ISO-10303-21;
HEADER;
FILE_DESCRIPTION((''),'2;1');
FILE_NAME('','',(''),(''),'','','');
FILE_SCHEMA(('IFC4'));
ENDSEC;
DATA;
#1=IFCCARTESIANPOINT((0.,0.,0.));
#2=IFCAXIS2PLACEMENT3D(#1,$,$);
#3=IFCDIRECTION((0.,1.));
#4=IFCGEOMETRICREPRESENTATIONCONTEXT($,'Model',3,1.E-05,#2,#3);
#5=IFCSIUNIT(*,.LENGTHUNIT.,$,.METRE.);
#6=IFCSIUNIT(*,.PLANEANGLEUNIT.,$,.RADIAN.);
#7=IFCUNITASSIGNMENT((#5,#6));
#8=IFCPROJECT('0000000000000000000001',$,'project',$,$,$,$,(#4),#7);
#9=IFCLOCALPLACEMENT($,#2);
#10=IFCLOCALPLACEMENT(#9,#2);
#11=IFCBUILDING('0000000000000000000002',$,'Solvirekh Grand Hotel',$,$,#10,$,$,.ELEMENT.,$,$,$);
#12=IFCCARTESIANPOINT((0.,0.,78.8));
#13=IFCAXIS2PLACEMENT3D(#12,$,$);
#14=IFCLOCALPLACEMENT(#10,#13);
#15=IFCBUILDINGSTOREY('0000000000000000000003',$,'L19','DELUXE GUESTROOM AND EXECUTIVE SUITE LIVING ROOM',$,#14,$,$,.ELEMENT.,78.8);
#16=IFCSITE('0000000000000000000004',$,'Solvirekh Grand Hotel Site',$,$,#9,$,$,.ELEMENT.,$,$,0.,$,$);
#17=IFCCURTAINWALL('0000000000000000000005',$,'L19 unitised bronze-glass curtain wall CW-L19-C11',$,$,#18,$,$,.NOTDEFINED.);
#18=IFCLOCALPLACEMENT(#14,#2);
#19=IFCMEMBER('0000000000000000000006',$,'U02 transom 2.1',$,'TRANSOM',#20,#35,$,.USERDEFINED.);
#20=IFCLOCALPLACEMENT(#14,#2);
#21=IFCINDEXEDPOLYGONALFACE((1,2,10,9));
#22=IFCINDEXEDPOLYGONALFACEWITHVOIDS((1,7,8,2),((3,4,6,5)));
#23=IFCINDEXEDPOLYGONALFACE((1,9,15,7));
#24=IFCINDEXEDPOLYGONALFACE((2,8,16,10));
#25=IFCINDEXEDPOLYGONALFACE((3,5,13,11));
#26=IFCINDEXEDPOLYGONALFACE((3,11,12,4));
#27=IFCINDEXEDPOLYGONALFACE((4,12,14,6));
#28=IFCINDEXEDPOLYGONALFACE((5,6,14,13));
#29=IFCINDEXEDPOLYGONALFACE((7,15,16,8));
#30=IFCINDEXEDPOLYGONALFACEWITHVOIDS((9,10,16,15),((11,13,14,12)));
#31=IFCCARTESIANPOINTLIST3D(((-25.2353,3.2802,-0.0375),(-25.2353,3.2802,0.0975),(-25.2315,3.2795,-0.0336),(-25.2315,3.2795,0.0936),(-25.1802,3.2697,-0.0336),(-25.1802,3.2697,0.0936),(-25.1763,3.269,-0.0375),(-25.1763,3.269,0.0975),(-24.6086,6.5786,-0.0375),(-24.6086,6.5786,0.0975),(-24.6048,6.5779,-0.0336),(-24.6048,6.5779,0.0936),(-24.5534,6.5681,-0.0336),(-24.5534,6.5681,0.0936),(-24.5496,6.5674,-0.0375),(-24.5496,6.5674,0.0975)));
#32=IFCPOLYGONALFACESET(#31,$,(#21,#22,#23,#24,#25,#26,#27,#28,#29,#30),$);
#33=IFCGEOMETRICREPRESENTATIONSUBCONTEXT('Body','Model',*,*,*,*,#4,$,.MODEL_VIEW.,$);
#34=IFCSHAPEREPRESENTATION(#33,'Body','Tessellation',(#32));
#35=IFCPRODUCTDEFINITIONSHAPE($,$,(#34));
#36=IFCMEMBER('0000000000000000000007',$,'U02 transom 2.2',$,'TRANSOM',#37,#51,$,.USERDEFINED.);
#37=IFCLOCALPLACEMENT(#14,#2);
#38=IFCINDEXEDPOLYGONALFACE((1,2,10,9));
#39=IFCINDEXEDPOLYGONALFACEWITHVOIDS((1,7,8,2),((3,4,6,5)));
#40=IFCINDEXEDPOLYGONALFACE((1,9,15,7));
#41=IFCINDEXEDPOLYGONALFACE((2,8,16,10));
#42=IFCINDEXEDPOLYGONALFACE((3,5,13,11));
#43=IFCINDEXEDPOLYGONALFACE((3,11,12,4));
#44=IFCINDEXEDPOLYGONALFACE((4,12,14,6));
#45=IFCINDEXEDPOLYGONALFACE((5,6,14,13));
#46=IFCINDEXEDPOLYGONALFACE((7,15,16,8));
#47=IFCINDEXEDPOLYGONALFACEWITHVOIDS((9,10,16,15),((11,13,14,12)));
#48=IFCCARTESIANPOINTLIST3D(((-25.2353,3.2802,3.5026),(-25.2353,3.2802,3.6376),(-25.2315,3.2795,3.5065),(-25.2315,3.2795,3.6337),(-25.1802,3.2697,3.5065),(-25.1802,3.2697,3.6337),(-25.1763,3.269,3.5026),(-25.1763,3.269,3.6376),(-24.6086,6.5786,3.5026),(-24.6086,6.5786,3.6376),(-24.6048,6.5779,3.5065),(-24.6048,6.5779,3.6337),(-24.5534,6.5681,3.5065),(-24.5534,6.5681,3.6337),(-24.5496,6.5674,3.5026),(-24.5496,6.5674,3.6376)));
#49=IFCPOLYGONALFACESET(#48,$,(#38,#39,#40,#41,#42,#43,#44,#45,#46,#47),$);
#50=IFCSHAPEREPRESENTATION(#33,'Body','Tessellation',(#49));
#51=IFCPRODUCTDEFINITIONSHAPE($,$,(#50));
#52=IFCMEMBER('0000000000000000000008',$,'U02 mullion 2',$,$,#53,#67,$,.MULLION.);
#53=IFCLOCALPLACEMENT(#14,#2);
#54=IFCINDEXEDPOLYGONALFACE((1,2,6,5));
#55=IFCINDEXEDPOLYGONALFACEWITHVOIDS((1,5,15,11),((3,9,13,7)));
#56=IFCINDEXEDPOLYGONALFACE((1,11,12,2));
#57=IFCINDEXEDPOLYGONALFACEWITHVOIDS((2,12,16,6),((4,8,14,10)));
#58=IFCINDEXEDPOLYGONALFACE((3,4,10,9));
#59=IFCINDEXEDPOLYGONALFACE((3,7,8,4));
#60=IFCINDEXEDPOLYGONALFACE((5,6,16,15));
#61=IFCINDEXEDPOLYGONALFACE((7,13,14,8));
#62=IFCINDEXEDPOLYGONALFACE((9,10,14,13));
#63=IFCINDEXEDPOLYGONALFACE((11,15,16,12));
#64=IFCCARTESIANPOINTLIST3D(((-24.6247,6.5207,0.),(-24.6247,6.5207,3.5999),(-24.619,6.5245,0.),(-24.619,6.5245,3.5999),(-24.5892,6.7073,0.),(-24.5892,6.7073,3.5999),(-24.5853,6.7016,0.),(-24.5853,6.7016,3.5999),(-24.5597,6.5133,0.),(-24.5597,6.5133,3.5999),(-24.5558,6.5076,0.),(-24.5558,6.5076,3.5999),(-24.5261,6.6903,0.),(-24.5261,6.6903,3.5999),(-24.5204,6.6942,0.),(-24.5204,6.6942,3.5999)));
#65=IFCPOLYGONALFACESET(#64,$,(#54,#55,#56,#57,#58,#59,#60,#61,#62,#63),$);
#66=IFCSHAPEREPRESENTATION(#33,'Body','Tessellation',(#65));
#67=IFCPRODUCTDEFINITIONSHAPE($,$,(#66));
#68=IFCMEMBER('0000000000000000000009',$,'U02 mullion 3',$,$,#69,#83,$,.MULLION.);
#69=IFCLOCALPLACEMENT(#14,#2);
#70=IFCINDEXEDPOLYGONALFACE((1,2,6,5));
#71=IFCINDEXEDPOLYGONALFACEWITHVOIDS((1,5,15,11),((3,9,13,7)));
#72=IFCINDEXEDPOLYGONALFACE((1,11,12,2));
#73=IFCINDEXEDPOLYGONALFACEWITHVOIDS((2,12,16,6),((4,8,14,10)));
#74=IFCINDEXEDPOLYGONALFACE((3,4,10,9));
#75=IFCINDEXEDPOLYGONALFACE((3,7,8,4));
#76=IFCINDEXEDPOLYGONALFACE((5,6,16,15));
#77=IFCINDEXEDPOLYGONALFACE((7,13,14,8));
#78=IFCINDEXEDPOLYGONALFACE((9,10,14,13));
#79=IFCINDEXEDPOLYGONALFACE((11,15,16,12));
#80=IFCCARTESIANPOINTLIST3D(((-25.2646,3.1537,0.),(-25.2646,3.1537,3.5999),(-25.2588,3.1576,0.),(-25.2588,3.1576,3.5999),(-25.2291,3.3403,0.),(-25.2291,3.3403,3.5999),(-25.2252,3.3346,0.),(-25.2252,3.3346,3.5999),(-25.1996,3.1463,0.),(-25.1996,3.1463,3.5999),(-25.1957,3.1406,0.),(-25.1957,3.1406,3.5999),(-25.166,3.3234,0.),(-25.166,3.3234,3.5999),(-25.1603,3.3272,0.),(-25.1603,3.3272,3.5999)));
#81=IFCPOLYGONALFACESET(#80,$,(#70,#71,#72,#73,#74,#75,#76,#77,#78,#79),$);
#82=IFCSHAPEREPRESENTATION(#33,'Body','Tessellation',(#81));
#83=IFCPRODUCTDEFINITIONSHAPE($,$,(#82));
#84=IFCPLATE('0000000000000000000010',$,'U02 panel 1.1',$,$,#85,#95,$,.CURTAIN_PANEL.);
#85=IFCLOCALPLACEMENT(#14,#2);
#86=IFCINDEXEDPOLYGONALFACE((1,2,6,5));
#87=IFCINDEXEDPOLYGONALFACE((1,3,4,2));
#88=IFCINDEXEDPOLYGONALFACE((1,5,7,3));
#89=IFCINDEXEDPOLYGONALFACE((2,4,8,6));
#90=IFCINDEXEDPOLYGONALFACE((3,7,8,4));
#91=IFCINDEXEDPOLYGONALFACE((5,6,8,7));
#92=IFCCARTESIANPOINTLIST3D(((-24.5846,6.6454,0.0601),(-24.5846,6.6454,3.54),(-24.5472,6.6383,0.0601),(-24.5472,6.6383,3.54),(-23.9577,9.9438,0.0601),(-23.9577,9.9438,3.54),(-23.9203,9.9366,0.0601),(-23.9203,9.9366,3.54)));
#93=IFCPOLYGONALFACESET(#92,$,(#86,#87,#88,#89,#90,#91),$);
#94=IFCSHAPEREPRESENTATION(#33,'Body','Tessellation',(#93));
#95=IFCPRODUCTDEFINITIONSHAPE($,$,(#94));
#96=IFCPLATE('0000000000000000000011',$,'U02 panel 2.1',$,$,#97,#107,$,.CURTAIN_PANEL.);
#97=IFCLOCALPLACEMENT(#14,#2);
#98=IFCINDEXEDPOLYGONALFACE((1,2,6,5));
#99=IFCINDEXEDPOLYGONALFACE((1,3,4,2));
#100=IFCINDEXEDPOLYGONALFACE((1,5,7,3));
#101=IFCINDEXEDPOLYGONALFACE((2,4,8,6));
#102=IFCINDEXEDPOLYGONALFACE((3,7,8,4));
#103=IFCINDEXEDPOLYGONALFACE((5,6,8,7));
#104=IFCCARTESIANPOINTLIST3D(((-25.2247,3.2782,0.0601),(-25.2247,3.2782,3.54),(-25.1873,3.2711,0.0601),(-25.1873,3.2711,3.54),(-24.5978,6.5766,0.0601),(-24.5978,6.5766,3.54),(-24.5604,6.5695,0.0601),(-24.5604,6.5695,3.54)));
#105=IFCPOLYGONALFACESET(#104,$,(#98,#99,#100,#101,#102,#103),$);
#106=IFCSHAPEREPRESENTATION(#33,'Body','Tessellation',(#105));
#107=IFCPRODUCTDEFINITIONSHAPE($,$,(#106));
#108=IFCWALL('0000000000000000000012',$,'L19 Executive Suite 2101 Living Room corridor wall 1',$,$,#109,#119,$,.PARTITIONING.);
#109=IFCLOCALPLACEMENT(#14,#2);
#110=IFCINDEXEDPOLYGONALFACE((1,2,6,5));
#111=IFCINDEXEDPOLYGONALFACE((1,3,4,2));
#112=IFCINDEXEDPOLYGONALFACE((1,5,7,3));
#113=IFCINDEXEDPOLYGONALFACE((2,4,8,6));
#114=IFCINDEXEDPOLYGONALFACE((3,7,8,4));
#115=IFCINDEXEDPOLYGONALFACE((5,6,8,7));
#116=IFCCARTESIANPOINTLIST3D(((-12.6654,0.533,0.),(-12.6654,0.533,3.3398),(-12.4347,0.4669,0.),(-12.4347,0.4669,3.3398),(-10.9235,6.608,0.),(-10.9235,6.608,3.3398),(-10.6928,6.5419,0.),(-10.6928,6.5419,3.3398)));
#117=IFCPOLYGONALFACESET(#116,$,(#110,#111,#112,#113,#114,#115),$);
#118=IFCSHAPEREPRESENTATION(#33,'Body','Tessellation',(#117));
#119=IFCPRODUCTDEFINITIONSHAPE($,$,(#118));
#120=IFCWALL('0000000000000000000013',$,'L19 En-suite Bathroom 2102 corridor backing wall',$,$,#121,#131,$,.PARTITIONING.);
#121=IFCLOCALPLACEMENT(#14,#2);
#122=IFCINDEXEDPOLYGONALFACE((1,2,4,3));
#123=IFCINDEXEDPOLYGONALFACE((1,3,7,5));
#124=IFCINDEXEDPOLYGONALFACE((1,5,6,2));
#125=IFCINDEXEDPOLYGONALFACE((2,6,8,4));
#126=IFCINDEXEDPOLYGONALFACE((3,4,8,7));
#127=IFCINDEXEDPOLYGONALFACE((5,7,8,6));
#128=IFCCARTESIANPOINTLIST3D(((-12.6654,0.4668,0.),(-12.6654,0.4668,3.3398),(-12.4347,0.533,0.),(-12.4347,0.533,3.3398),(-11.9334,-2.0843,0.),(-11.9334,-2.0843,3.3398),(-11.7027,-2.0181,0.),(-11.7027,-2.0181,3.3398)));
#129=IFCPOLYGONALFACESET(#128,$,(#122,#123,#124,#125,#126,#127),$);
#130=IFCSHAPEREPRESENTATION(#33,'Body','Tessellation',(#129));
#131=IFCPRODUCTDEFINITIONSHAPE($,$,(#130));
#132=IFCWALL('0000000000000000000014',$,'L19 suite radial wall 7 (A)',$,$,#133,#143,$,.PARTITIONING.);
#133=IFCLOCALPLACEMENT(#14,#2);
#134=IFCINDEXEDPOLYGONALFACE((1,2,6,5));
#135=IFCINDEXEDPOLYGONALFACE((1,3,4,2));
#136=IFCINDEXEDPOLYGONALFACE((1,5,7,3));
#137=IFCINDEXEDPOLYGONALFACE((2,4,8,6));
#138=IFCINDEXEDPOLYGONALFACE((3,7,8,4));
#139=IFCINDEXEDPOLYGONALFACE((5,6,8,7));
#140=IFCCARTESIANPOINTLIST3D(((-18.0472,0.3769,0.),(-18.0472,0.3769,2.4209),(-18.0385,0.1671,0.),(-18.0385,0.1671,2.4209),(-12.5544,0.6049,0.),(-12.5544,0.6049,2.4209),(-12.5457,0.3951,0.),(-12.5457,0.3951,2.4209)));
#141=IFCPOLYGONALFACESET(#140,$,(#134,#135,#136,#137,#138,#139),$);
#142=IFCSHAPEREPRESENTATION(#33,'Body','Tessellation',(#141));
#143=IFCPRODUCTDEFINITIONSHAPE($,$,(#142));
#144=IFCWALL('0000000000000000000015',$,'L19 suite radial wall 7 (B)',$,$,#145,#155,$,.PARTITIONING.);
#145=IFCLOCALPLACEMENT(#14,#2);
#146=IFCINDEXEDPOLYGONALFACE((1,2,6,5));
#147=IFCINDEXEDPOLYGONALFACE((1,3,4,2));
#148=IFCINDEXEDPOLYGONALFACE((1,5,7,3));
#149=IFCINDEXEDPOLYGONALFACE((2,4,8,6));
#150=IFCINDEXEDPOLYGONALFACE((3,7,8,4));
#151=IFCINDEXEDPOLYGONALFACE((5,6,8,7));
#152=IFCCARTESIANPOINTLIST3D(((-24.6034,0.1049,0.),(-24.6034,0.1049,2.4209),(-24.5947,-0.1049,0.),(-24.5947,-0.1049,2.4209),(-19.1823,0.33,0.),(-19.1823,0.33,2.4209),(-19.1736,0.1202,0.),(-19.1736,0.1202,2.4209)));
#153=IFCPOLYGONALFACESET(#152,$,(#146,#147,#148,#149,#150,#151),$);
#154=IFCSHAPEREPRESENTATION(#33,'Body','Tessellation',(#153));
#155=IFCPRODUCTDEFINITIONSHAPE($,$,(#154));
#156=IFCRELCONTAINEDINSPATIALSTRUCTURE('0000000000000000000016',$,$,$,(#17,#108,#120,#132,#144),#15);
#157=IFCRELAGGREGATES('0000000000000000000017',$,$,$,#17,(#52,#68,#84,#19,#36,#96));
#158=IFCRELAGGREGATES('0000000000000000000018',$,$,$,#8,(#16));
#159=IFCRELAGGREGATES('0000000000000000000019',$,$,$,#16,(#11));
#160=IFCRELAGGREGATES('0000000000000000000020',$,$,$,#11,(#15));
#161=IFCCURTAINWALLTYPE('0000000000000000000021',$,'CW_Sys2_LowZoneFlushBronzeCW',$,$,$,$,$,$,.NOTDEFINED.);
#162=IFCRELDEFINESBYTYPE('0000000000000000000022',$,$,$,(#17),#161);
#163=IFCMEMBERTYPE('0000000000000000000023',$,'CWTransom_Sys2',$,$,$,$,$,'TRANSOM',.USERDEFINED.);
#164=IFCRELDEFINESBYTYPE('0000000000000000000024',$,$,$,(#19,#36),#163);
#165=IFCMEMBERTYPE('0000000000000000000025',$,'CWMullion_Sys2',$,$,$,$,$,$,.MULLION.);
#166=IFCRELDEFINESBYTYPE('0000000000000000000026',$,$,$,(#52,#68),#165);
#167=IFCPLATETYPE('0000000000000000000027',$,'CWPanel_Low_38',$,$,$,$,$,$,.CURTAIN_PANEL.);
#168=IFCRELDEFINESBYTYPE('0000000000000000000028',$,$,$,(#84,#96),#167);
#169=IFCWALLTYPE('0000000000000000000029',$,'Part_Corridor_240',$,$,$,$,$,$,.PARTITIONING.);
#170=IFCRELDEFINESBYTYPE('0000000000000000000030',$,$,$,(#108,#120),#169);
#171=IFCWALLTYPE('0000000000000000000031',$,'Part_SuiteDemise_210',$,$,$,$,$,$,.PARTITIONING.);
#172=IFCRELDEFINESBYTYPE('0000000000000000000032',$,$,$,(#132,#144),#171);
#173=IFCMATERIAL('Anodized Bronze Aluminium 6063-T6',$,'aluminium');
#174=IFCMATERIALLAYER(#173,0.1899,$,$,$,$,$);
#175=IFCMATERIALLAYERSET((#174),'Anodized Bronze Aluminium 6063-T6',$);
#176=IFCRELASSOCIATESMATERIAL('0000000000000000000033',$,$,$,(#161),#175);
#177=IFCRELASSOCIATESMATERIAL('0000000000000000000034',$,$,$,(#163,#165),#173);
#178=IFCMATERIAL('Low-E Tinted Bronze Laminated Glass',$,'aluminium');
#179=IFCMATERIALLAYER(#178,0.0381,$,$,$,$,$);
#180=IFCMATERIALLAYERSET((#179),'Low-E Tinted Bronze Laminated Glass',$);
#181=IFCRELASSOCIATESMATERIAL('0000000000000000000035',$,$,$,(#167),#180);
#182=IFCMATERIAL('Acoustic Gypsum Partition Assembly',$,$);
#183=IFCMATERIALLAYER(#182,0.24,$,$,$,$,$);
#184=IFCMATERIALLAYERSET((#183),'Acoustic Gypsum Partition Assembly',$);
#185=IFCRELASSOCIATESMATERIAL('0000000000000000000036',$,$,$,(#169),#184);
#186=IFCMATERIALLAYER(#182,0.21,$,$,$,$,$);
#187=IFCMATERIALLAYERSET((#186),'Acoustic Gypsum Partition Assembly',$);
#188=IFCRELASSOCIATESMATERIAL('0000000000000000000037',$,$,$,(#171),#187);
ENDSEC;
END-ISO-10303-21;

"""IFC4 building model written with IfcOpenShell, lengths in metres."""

from ifc_helpers import new_model, si_unit, direction, frame, frame_2d, origin, origin_2d, place, context, subcontext, project, spatial, rectangle, hollow_rectangle, extrude, source, transform, mapped, material, layer, layer_set, material_profile, profile_set, type_object, element, aggregate, save


model = new_model("IFC4")

# Units and contexts
model_context = context("Model", 3, precision=1e-05, world=origin(), true_north=direction((0.0, 1.0)))
body_context = subcontext(model_context, "Body", "Model", "MODEL_VIEW")
ifc_project = project(units=[si_unit("LENGTHUNIT", "METRE"), si_unit("PLANEANGLEUNIT", "RADIAN")], contexts=[model_context])

# Site, building, storey
site_placement = place(None, origin())
site = spatial("IfcSite", under=ifc_project, at=site_placement, Name="Solvirekh Grand Hotel Site", CompositionType="ELEMENT", RefElevation=0.0)
building_placement = place(site_placement, origin())
building = spatial("IfcBuilding", under=site, at=building_placement, Name="Solvirekh Grand Hotel", CompositionType="ELEMENT")
storey_placement = place(building_placement, frame((0.0, 0.0, 78.8)))
storey = spatial("IfcBuildingStorey", under=building, at=storey_placement, Name="L19", Description="DELUXE GUESTROOM AND EXECUTIVE SUITE LIVING ROOM", CompositionType="ELEMENT", Elevation=78.8)

# Curtain wall, members, plates
ifc_material_1 = material(Name="Anodized Bronze Aluminium 6063-T6", Category="aluminium")
ifc_layer_1 = layer(ifc_material_1, 0.1899)
ifc_layer_set_1 = layer_set([ifc_layer_1], Name="Anodized Bronze Aluminium 6063-T6")
curtain_wall_type = type_object("IfcCurtainWallType", Name="CW_Sys2_LowZoneFlushBronzeCW", PredefinedType="NOTDEFINED", material=ifc_layer_set_1)
curtain_wall_placement = place(storey_placement, origin())
curtain_wall = element("IfcCurtainWall", 1, at=curtain_wall_placement, inside=storey, type_object=curtain_wall_type, Name="L19 unitised bronze-glass curtain wall CW-L19-C11", PredefinedType="NOTDEFINED")
ifc_material_profile_1 = material_profile(ifc_material_1, hollow_rectangle(XDim=0.0601, YDim=0.135, WallThickness=0.0039, at=origin_2d()), Name="ALU RHS 135X60X4")
ifc_profile_set_1 = profile_set([ifc_material_profile_1], Name="Anodized Bronze Aluminium 6063-T6")
member_type_1 = type_object("IfcMemberType", Name="CWTransom_Sys2", ElementType="TRANSOM", PredefinedType="USERDEFINED", material=ifc_profile_set_1)
shared_shape_1 = source(origin(), body_context, "Body", "SweptSolid", [
    extrude(hollow_rectangle(XDim=0.0601, YDim=0.135, WallThickness=0.0039, at=origin_2d()), origin(), (0.0, 0.0, 1.0), 3.3574),
])
member_1_placement = place(storey_placement, frame((-24.5791, 6.573, 0.03), z_axis=(-0.186668, -0.982423, 0.0), x_axis=(0.982423, -0.186668, 0.0)))
member_1 = element("IfcMember", 2, at=member_1_placement, type_object=member_type_1, Name="U02 transom 2.1", ObjectType="TRANSOM", PredefinedType="USERDEFINED", context=body_context, shape_type="MappedRepresentation", body=[
    mapped(shared_shape_1, transform((0.0, 0.0, 0.0), x_axis=(1.0, 0.0, 0.0), y_axis=(0.0, 1.0, 0.0), z_axis=(0.0, 0.0, 1.0), scale=1.0)),
])
member_2_placement = place(storey_placement, frame((-24.5791, 6.573, 3.5701), z_axis=(-0.186668, -0.982423, 0.0), x_axis=(0.982423, -0.186668, 0.0)))
member_2 = element("IfcMember", 3, at=member_2_placement, type_object=member_type_1, Name="U02 transom 2.2", ObjectType="TRANSOM", PredefinedType="USERDEFINED", context=body_context, shape_type="MappedRepresentation", body=[
    mapped(shared_shape_1, transform((0.0, 0.0, 0.0), x_axis=(1.0, 0.0, 0.0), y_axis=(0.0, 1.0, 0.0), z_axis=(0.0, 0.0, 1.0), scale=1.0)),
])
ifc_material_profile_2 = material_profile(ifc_material_1, hollow_rectangle(XDim=0.0701, YDim=0.1899, WallThickness=0.0049, at=origin_2d()), Name="ALU RHS 190X70X5")
ifc_profile_set_2 = profile_set([ifc_material_profile_2], Name="Anodized Bronze Aluminium 6063-T6")
member_type_2 = type_object("IfcMemberType", Name="CWMullion_Sys2", PredefinedType="MULLION", material=ifc_profile_set_2)
shared_shape_2 = source(origin(), body_context, "Body", "SweptSolid", [
    extrude(hollow_rectangle(XDim=0.0701, YDim=0.1899, WallThickness=0.0049, at=origin_2d()), origin(), (0.0, 0.0, 1.0), 3.5999),
])
member_3_placement = place(storey_placement, frame((-24.5725, 6.6074, 0.0), z_axis=(0.0, 0.0, 1.0), x_axis=(0.982413, -0.186721, 0.0)))
member_3 = element("IfcMember", 4, at=member_3_placement, type_object=member_type_2, Name="U02 mullion 2", PredefinedType="MULLION", context=body_context, shape_type="MappedRepresentation", body=[
    mapped(shared_shape_2, transform((0.0, 0.0, 0.0), x_axis=(1.0, 0.0, 0.0), y_axis=(0.0, 1.0, 0.0), z_axis=(0.0, 0.0, 1.0), scale=1.0)),
])
member_4_placement = place(storey_placement, frame((-25.2124, 3.2405, 0.0), z_axis=(0.0, 0.0, 1.0), x_axis=(0.982413, -0.186721, 0.0)))
member_4 = element("IfcMember", 5, at=member_4_placement, type_object=member_type_2, Name="U02 mullion 3", PredefinedType="MULLION", context=body_context, shape_type="MappedRepresentation", body=[
    mapped(shared_shape_2, transform((0.0, 0.0, 0.0), x_axis=(1.0, 0.0, 0.0), y_axis=(0.0, 1.0, 0.0), z_axis=(0.0, 0.0, 1.0), scale=1.0)),
])
ifc_material_2 = material(Name="Low-E Tinted Bronze Laminated Glass", Category="aluminium")
ifc_layer_2 = layer(ifc_material_2, 0.0381)
ifc_layer_set_2 = layer_set([ifc_layer_2], Name="Low-E Tinted Bronze Laminated Glass")
plate_type = type_object("IfcPlateType", Name="CWPanel_Low_38", PredefinedType="CURTAIN_PANEL", material=ifc_layer_set_2)
shared_shape_3 = source(origin(), body_context, "Body", "SweptSolid", [
    extrude(rectangle(XDim=3.3574, YDim=0.0381, at=origin_2d()), origin(), (0.0, 0.0, 1.0), 3.48),
])
plate_1_placement = place(storey_placement, frame((-24.2524, 8.291, 0.0601), z_axis=(0.0, 0.0, 1.0), x_axis=(-0.186721, -0.982413, 0.0)))
plate_1 = element("IfcPlate", 6, at=plate_1_placement, type_object=plate_type, Name="U02 panel 1.1", PredefinedType="CURTAIN_PANEL", context=body_context, shape_type="MappedRepresentation", body=[
    mapped(shared_shape_3, transform((0.0, 0.0, 0.0), x_axis=(1.0, 0.0, 0.0), y_axis=(0.0, 1.0, 0.0), z_axis=(0.0, 0.0, 1.0), scale=1.0)),
])
plate_2_placement = place(storey_placement, frame((-24.8926, 4.9238, 0.0601), z_axis=(0.0, 0.0, 1.0), x_axis=(-0.186721, -0.982413, 0.0)))
plate_2 = element("IfcPlate", 7, at=plate_2_placement, type_object=plate_type, Name="U02 panel 2.1", PredefinedType="CURTAIN_PANEL", context=body_context, shape_type="MappedRepresentation", body=[
    mapped(shared_shape_3, transform((0.0, 0.0, 0.0), x_axis=(1.0, 0.0, 0.0), y_axis=(0.0, 1.0, 0.0), z_axis=(0.0, 0.0, 1.0), scale=1.0)),
])
aggregate(curtain_wall, [member_3, member_4, plate_1, member_1, member_2, plate_2])

# Walls
ifc_material_3 = material(Name="Acoustic Gypsum Partition Assembly")
ifc_layer_3 = layer(ifc_material_3, 0.24)
ifc_layer_set_3 = layer_set([ifc_layer_3], Name="Acoustic Gypsum Partition Assembly")
wall_type_1 = type_object("IfcWallType", Name="Part_Corridor_240", PredefinedType="PARTITIONING", material=ifc_layer_set_3)
wall_1_placement = place(storey_placement, frame((-10.8081, 6.575, 0.0), z_axis=(0.0, 0.0, 1.0), x_axis=(-0.275634, -0.961263, 0.0)))
element("IfcWall", 8, at=wall_1_placement, inside=storey, type_object=wall_type_1, Name="L19 Executive Suite 2101 Living Room corridor wall 1", PredefinedType="PARTITIONING", context=body_context, shape_type="SweptSolid", body=[
    extrude(rectangle(XDim=6.3198, YDim=0.24, at=frame_2d((3.1599, 0.0))), origin(), (0.0, 0.0, 1.0), 3.3398),
])
wall_2_placement = place(storey_placement, frame((-12.55, 0.5, 0.0), z_axis=(0.0, 0.0, 1.0), x_axis=(0.27579, -0.961218, 0.0)))
element("IfcWall", 9, at=wall_2_placement, inside=storey, type_object=wall_type_1, Name="L19 En-suite Bathroom 2102 corridor backing wall", PredefinedType="PARTITIONING", context=body_context, shape_type="SweptSolid", body=[
    extrude(rectangle(XDim=2.6541, YDim=0.24, at=frame_2d((1.3271, 0.0))), origin(), (0.0, 0.0, 1.0), 3.3398),
])
ifc_layer_4 = layer(ifc_material_3, 0.21)
ifc_layer_set_4 = layer_set([ifc_layer_4], Name="Acoustic Gypsum Partition Assembly")
wall_type_2 = type_object("IfcWallType", Name="Part_SuiteDemise_210", PredefinedType="PARTITIONING", material=ifc_layer_set_4)
wall_3_placement = place(storey_placement, frame((-12.55, 0.5, 0.0), z_axis=(0.0, 0.0, 1.0), x_axis=(-0.999139, -0.041477, 0.0)))
element("IfcWall", 10, at=wall_3_placement, inside=storey, type_object=wall_type_2, Name="L19 suite radial wall 7 (A)", PredefinedType="PARTITIONING", context=body_context, shape_type="SweptSolid", body=[
    extrude(rectangle(XDim=5.4976, YDim=0.21, at=frame_2d((2.7488, 0.0))), origin(), (0.0, 0.0, 1.0), 2.4209),
])
wall_4_placement = place(storey_placement, frame((-19.178, 0.2251, 0.0), z_axis=(0.0, 0.0, 1.0), x_axis=(-0.999139, -0.041486, 0.0)))
element("IfcWall", 11, at=wall_4_placement, inside=storey, type_object=wall_type_2, Name="L19 suite radial wall 7 (B)", PredefinedType="PARTITIONING", context=body_context, shape_type="SweptSolid", body=[
    extrude(rectangle(XDim=5.4258, YDim=0.21, at=frame_2d((2.7129, 0.0))), origin(), (0.0, 0.0, 1.0), 2.4209),
])

save(model, "model.ifc")
